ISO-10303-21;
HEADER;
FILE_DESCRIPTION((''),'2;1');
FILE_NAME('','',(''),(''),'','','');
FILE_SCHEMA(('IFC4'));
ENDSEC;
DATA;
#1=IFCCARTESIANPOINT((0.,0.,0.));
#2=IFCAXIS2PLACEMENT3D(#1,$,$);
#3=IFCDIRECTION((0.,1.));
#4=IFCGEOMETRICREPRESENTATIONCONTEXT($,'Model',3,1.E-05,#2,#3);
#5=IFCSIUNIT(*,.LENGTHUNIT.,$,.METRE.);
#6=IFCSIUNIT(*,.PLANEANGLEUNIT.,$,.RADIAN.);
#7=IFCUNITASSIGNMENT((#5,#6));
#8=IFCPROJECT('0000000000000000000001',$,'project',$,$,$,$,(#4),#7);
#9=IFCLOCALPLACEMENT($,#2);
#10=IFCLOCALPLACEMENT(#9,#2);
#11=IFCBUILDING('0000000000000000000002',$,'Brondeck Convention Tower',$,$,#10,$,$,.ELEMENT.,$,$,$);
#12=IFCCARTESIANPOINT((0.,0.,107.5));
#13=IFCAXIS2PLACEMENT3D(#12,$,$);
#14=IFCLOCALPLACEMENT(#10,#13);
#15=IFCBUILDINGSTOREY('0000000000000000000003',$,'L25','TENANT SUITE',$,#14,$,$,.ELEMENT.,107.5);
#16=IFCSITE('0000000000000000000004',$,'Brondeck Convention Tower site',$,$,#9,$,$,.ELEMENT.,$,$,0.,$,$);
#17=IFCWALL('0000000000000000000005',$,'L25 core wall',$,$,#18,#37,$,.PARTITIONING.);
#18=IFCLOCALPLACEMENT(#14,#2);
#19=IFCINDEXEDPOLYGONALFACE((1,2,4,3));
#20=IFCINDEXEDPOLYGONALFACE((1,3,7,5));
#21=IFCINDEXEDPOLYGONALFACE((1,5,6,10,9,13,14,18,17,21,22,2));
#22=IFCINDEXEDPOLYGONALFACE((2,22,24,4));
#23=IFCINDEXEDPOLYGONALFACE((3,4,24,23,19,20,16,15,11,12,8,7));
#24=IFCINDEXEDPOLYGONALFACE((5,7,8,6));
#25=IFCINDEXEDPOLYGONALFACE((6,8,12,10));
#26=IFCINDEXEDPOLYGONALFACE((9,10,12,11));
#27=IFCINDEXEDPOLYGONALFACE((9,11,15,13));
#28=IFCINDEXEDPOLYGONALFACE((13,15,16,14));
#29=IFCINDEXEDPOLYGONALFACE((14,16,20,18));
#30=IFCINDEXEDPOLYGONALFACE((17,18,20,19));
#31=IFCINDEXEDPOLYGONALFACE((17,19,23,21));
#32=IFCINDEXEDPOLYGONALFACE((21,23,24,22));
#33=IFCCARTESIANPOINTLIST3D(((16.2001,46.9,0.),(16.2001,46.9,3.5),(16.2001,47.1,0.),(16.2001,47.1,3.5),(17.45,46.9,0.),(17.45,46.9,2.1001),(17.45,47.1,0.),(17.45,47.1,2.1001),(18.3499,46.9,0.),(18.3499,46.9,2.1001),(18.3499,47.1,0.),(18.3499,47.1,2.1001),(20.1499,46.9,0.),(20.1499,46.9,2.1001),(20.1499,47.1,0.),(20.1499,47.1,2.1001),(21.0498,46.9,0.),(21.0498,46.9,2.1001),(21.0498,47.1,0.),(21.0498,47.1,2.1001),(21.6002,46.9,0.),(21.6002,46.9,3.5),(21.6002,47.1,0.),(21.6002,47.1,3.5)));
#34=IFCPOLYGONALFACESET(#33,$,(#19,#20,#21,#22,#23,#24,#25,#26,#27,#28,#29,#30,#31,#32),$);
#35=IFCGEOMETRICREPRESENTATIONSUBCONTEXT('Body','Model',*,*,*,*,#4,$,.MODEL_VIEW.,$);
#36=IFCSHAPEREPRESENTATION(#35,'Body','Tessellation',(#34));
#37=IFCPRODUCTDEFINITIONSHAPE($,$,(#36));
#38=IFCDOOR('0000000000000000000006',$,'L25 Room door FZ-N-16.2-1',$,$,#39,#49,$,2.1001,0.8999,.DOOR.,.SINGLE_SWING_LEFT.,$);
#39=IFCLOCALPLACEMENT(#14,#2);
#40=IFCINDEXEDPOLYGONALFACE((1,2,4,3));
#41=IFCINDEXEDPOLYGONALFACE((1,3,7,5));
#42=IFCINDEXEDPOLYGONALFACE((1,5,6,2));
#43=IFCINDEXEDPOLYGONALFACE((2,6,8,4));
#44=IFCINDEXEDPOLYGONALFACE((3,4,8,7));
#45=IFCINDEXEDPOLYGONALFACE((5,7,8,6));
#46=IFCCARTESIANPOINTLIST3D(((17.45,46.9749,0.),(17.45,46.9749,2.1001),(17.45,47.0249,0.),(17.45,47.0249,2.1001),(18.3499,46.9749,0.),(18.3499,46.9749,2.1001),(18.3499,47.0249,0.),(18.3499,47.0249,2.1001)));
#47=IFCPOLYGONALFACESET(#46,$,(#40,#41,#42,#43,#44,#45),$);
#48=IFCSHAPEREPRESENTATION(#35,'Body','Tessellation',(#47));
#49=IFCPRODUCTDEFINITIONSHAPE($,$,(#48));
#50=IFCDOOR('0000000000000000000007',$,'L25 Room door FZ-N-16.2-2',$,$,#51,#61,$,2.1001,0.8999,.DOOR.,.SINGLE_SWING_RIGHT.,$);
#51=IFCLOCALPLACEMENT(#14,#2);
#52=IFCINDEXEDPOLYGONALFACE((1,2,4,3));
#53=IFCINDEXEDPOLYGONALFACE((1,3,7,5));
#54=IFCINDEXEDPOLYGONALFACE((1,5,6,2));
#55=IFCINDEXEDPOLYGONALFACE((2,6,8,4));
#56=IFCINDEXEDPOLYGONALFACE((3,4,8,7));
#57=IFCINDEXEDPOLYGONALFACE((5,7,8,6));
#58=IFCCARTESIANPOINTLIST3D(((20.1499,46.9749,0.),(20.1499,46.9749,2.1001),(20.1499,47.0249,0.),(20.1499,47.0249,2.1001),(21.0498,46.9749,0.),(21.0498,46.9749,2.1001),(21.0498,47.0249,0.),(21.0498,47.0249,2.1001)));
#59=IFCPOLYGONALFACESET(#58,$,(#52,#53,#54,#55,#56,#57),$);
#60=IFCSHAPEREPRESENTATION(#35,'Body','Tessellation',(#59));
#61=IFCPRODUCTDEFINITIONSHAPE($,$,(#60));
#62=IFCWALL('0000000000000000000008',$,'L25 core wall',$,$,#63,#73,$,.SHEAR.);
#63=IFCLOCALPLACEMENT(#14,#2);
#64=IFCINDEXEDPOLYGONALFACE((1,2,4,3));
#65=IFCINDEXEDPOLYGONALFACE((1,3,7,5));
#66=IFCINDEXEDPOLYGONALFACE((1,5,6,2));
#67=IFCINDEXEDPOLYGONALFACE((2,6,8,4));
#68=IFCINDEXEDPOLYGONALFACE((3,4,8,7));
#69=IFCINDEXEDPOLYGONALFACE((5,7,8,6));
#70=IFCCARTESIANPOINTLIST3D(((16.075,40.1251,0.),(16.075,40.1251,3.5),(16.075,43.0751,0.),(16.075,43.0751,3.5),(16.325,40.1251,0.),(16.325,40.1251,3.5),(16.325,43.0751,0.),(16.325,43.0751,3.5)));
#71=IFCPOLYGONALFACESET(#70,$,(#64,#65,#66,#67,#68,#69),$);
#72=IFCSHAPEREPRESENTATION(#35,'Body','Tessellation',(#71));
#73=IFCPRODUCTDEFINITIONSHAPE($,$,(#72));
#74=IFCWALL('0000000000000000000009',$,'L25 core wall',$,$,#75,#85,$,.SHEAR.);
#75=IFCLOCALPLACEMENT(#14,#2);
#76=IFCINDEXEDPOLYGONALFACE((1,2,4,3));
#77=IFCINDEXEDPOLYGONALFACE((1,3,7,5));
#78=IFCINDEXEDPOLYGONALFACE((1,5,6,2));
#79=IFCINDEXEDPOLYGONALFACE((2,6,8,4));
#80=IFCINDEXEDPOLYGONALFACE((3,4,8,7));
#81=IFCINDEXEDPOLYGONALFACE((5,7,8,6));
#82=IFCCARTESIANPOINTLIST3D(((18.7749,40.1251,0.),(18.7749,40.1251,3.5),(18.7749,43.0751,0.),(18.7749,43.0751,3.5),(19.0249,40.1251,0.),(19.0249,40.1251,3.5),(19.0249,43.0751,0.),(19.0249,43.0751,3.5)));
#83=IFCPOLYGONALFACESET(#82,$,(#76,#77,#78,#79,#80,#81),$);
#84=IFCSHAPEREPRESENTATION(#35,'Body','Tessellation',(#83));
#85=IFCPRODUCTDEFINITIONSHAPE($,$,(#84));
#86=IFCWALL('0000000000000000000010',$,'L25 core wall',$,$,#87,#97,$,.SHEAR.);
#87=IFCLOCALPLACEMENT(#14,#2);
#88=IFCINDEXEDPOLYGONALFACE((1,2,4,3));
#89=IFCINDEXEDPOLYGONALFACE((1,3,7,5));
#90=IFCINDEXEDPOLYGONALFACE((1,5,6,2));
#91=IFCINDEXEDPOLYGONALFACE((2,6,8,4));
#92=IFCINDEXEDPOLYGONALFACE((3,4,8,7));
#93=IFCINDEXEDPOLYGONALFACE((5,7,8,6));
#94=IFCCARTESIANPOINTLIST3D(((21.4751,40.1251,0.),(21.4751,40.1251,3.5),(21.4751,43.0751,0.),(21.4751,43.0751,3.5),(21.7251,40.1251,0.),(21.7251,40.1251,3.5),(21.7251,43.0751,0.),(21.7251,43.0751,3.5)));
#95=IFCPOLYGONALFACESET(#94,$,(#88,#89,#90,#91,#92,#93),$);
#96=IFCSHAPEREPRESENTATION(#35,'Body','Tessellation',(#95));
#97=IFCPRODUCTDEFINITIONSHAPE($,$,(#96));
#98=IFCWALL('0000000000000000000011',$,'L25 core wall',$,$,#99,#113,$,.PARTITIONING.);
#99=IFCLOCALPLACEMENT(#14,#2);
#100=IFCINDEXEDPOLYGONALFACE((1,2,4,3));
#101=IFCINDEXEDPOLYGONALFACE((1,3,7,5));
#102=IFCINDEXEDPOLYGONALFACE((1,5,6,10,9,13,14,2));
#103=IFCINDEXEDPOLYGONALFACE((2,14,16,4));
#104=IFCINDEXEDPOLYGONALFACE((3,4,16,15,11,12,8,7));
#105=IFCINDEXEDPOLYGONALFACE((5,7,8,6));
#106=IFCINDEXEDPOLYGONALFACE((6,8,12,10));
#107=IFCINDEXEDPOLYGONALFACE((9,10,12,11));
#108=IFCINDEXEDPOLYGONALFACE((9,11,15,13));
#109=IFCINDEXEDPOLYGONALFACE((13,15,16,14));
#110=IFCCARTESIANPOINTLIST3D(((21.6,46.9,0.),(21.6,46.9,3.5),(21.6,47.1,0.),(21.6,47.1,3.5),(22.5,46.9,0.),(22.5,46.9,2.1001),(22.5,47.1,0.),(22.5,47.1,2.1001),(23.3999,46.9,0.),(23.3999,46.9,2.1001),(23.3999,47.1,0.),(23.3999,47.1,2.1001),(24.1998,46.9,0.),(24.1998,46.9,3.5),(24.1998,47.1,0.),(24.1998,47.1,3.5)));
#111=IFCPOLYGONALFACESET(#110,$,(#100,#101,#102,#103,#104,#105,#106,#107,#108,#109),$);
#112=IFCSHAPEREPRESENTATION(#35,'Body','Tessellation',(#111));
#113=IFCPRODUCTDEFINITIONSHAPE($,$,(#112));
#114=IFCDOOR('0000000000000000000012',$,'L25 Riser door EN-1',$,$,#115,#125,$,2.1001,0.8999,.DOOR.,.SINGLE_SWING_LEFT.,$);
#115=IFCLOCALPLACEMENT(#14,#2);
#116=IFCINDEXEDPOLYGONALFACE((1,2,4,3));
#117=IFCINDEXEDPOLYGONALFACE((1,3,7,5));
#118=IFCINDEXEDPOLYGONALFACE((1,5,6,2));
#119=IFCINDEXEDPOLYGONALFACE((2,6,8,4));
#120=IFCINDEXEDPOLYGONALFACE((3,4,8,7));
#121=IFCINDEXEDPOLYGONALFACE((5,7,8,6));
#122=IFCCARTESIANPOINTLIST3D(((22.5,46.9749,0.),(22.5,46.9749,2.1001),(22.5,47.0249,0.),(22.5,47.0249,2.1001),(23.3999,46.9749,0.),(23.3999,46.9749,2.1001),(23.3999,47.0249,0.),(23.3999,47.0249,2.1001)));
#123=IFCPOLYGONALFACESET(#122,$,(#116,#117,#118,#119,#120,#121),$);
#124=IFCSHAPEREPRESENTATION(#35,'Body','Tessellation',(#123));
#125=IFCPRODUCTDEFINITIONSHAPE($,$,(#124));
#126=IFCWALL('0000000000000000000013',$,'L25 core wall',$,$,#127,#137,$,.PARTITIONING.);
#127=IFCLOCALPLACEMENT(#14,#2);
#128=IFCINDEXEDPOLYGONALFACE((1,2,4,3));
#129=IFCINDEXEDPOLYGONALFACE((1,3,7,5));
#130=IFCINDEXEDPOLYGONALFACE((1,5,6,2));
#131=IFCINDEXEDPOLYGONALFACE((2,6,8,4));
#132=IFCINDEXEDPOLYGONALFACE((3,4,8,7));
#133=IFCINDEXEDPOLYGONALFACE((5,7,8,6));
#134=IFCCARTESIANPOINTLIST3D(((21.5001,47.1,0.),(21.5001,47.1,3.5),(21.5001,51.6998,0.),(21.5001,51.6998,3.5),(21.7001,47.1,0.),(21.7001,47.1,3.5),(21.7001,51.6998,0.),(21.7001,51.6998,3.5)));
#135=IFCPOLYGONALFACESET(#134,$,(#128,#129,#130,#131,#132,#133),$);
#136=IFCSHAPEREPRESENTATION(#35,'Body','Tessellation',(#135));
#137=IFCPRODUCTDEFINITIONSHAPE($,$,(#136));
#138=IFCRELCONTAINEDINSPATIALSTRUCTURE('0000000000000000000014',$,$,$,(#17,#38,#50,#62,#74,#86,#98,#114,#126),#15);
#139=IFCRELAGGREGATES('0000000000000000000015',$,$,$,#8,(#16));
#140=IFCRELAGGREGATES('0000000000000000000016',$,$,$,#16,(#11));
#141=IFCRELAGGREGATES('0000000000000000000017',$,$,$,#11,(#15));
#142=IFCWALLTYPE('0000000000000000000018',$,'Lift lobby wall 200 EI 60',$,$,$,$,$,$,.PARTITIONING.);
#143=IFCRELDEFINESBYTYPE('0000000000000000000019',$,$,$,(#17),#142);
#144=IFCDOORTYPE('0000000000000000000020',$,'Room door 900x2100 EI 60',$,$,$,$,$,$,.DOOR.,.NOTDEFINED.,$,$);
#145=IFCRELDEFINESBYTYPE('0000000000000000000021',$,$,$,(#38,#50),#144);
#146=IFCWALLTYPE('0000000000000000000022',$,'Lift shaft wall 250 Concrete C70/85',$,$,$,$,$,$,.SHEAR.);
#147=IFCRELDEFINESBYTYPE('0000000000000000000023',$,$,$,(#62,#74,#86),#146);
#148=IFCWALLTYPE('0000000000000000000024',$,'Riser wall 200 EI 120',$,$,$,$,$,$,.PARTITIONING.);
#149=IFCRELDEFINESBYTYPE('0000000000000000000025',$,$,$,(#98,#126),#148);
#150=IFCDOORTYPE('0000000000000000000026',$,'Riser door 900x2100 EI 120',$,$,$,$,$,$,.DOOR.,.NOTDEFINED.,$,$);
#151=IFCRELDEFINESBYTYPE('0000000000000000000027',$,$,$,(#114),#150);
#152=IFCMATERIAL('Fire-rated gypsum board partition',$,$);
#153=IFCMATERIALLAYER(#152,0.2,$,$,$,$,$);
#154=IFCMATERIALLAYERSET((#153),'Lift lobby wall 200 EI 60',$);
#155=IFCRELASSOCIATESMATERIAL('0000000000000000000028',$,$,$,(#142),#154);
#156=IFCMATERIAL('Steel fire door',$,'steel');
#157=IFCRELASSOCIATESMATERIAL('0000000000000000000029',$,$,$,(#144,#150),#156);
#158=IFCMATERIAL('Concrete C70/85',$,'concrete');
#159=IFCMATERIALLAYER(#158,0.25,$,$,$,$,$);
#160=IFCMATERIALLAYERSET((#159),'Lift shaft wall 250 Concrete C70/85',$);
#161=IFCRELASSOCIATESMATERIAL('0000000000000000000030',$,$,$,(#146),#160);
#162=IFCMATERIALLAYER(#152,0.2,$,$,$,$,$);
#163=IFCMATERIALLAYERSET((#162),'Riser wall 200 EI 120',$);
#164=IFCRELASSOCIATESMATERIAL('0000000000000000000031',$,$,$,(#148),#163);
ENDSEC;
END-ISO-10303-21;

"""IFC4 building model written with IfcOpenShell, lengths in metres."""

from ifc_helpers import new_model, si_unit, direction, frame, frame_2d, origin, place, context, subcontext, project, spatial, rectangle, extrude, material, layer, layer_set, type_object, element, fill, save


model = new_model("IFC4")

# Units and contexts
model_context = context("Model", 3, precision=1e-05, world=origin(), true_north=direction((0.0, 1.0)))
body_context = subcontext(model_context, "Body", "Model", "MODEL_VIEW")
ifc_project = project(units=[si_unit("LENGTHUNIT", "METRE"), si_unit("PLANEANGLEUNIT", "RADIAN")], contexts=[model_context])

# Site, building, storey
site_placement = place(None, origin())
site = spatial("IfcSite", under=ifc_project, at=site_placement, Name="Brondeck Convention Tower site", CompositionType="ELEMENT", RefElevation=0.0)
building_placement = place(site_placement, origin())
building = spatial("IfcBuilding", under=site, at=building_placement, Name="Brondeck Convention Tower", CompositionType="ELEMENT")
storey_placement = place(building_placement, frame((0.0, 0.0, 107.5)))
storey = spatial("IfcBuildingStorey", under=building, at=storey_placement, Name="L25", Description="TENANT SUITE", CompositionType="ELEMENT", Elevation=107.5)

# Shared definitions
ifc_material_1 = material(Name="Fire-rated gypsum board partition")

# Shared definitions
ifc_layer_1 = layer(ifc_material_1, 0.2)
ifc_layer_set_1 = layer_set([ifc_layer_1], Name="Lift lobby wall 200 EI 60")
wall_type_1 = type_object("IfcWallType", Name="Lift lobby wall 200 EI 60", PredefinedType="PARTITIONING", material=ifc_layer_set_1)
ifc_material_2 = material(Name="Steel fire door", Category="steel")
door_type_1 = type_object("IfcDoorType", Name="Room door 900x2100 EI 60", OperationType="NOTDEFINED", PredefinedType="DOOR", material=ifc_material_2)

# Wall, openings, doors
wall_1_placement = place(storey_placement, frame((16.2, 47.0, 0.0), z_axis=(0.0, 0.0, 1.0), x_axis=(1.0, 0.0, 0.0)))
wall_1 = element("IfcWall", 1, at=wall_1_placement, inside=storey, type_object=wall_type_1, Name="L25 core wall", PredefinedType="PARTITIONING", context=body_context, shape_type="SweptSolid", body=[
    extrude(rectangle(XDim=5.4001, YDim=0.2, at=frame_2d((2.7002, 0.0))), origin(), (0.0, 0.0, 1.0), 3.5),
])
opening_1_placement = place(wall_1_placement, frame((1.25, 0.0, 0.0)))
opening_1 = element("IfcOpeningElement", 2, at=opening_1_placement, cuts=wall_1, PredefinedType="OPENING", context=body_context, shape_type="SweptSolid", body=[
    extrude(rectangle(XDim=0.8999, YDim=2.1001, at=frame_2d((0.45, 1.05))), frame((0.0, 0.1099, 0.0), z_axis=(0.0, -1.0, 0.0), x_axis=(1.0, 0.0, 0.0)), (0.0, 0.0, 1.0), 0.22),
])
opening_2_placement = place(wall_1_placement, frame((3.95, 0.0, 0.0)))
opening_2 = element("IfcOpeningElement", 3, at=opening_2_placement, cuts=wall_1, PredefinedType="OPENING", context=body_context, shape_type="SweptSolid", body=[
    extrude(rectangle(XDim=0.8999, YDim=2.1001, at=frame_2d((0.45, 1.05))), frame((0.0, 0.1099, 0.0), z_axis=(0.0, -1.0, 0.0), x_axis=(1.0, 0.0, 0.0)), (0.0, 0.0, 1.0), 0.22),
])
door_1_placement = place(opening_1_placement, origin())
door_1 = element("IfcDoor", 4, at=door_1_placement, inside=storey, type_object=door_type_1, Name="L25 Room door FZ-N-16.2-1", OperationType="SINGLE_SWING_LEFT", OverallHeight=2.1001, OverallWidth=0.8999, PredefinedType="DOOR", context=body_context, shape_type="SweptSolid", body=[
    extrude(rectangle(XDim=0.8999, YDim=2.1001, at=frame_2d((0.45, 1.05))), frame((0.0, 0.0249, 0.0), z_axis=(0.0, -1.0, 0.0), x_axis=(1.0, 0.0, 0.0)), (0.0, 0.0, 1.0), 0.05),
])
fill(opening_1, door_1)
door_2_placement = place(opening_2_placement, origin())
door_2 = element("IfcDoor", 5, at=door_2_placement, inside=storey, type_object=door_type_1, Name="L25 Room door FZ-N-16.2-2", OperationType="SINGLE_SWING_RIGHT", OverallHeight=2.1001, OverallWidth=0.8999, PredefinedType="DOOR", context=body_context, shape_type="SweptSolid", body=[
    extrude(rectangle(XDim=0.8999, YDim=2.1001, at=frame_2d((0.45, 1.05))), frame((0.0, 0.0249, 0.0), z_axis=(0.0, -1.0, 0.0), x_axis=(1.0, 0.0, 0.0)), (0.0, 0.0, 1.0), 0.05),
])
fill(opening_2, door_2)

# Walls
ifc_material_3 = material(Name="Concrete C70/85", Category="concrete")
ifc_layer_2 = layer(ifc_material_3, 0.25)
ifc_layer_set_2 = layer_set([ifc_layer_2], Name="Lift shaft wall 250 Concrete C70/85")
wall_type_2 = type_object("IfcWallType", Name="Lift shaft wall 250 Concrete C70/85", PredefinedType="SHEAR", material=ifc_layer_set_2)
for number, where, z_axis, x_axis, name in (
    (6, (16.2, 40.125, 0.0), (0.0, 0.0, 1.0), (0.0, 1.0, 0.0), "L25 core wall"),
    (7, (18.8999, 40.125, 0.0), (0.0, 0.0, 1.0), (0.0, 1.0, 0.0), "L25 core wall"),
    (8, (21.6001, 40.125, 0.0), (0.0, 0.0, 1.0), (0.0, 1.0, 0.0), "L25 core wall"),
):
    element("IfcWall", number, at=place(storey_placement, frame(where, z_axis=z_axis, x_axis=x_axis)), inside=storey, type_object=wall_type_2, Name=name, PredefinedType="SHEAR", context=body_context, shape_type="SweptSolid", body=[
        extrude(rectangle(XDim=2.95, YDim=0.25, at=frame_2d((1.4751, 0.0))), origin(), (0.0, 0.0, 1.0), 3.5),
    ])

# Wall, opening, door
ifc_layer_3 = layer(ifc_material_1, 0.2)
ifc_layer_set_3 = layer_set([ifc_layer_3], Name="Riser wall 200 EI 120")
wall_type_3 = type_object("IfcWallType", Name="Riser wall 200 EI 120", PredefinedType="PARTITIONING", material=ifc_layer_set_3)
wall_2_placement = place(storey_placement, frame((21.6001, 47.0, 0.0), z_axis=(0.0, 0.0, 1.0), x_axis=(1.0, 0.0, 0.0)))
wall_2 = element("IfcWall", 9, at=wall_2_placement, inside=storey, type_object=wall_type_3, Name="L25 core wall", PredefinedType="PARTITIONING", context=body_context, shape_type="SweptSolid", body=[
    extrude(rectangle(XDim=2.5999, YDim=0.2, at=frame_2d((1.2998, 0.0))), origin(), (0.0, 0.0, 1.0), 3.5),
])
opening_3_placement = place(wall_2_placement, frame((0.8999, 0.0, 0.0)))
opening_3 = element("IfcOpeningElement", 10, at=opening_3_placement, cuts=wall_2, PredefinedType="OPENING", context=body_context, shape_type="SweptSolid", body=[
    extrude(rectangle(XDim=0.8999, YDim=2.1001, at=frame_2d((0.45, 1.05))), frame((0.0, 0.1099, 0.0), z_axis=(0.0, -1.0, 0.0), x_axis=(1.0, 0.0, 0.0)), (0.0, 0.0, 1.0), 0.22),
])
door_type_2 = type_object("IfcDoorType", Name="Riser door 900x2100 EI 120", OperationType="NOTDEFINED", PredefinedType="DOOR", material=ifc_material_2)
door_3_placement = place(opening_3_placement, origin())
door_3 = element("IfcDoor", 11, at=door_3_placement, inside=storey, type_object=door_type_2, Name="L25 Riser door EN-1", OperationType="SINGLE_SWING_LEFT", OverallHeight=2.1001, OverallWidth=0.8999, PredefinedType="DOOR", context=body_context, shape_type="SweptSolid", body=[
    extrude(rectangle(XDim=0.8999, YDim=2.1001, at=frame_2d((0.45, 1.05))), frame((0.0, 0.0249, 0.0), z_axis=(0.0, -1.0, 0.0), x_axis=(1.0, 0.0, 0.0)), (0.0, 0.0, 1.0), 0.05),
])
fill(opening_3, door_3)

# Wall
wall_3_placement = place(storey_placement, frame((21.6001, 47.1001, 0.0), z_axis=(0.0, 0.0, 1.0), x_axis=(0.0, 1.0, 0.0)))
element("IfcWall", 12, at=wall_3_placement, inside=storey, type_object=wall_type_3, Name="L25 core wall", PredefinedType="PARTITIONING", context=body_context, shape_type="SweptSolid", body=[
    extrude(rectangle(XDim=4.5999, YDim=0.2, at=frame_2d((2.2998, 0.0))), origin(), (0.0, 0.0, 1.0), 3.5),
])

save(model, "model.ifc")
